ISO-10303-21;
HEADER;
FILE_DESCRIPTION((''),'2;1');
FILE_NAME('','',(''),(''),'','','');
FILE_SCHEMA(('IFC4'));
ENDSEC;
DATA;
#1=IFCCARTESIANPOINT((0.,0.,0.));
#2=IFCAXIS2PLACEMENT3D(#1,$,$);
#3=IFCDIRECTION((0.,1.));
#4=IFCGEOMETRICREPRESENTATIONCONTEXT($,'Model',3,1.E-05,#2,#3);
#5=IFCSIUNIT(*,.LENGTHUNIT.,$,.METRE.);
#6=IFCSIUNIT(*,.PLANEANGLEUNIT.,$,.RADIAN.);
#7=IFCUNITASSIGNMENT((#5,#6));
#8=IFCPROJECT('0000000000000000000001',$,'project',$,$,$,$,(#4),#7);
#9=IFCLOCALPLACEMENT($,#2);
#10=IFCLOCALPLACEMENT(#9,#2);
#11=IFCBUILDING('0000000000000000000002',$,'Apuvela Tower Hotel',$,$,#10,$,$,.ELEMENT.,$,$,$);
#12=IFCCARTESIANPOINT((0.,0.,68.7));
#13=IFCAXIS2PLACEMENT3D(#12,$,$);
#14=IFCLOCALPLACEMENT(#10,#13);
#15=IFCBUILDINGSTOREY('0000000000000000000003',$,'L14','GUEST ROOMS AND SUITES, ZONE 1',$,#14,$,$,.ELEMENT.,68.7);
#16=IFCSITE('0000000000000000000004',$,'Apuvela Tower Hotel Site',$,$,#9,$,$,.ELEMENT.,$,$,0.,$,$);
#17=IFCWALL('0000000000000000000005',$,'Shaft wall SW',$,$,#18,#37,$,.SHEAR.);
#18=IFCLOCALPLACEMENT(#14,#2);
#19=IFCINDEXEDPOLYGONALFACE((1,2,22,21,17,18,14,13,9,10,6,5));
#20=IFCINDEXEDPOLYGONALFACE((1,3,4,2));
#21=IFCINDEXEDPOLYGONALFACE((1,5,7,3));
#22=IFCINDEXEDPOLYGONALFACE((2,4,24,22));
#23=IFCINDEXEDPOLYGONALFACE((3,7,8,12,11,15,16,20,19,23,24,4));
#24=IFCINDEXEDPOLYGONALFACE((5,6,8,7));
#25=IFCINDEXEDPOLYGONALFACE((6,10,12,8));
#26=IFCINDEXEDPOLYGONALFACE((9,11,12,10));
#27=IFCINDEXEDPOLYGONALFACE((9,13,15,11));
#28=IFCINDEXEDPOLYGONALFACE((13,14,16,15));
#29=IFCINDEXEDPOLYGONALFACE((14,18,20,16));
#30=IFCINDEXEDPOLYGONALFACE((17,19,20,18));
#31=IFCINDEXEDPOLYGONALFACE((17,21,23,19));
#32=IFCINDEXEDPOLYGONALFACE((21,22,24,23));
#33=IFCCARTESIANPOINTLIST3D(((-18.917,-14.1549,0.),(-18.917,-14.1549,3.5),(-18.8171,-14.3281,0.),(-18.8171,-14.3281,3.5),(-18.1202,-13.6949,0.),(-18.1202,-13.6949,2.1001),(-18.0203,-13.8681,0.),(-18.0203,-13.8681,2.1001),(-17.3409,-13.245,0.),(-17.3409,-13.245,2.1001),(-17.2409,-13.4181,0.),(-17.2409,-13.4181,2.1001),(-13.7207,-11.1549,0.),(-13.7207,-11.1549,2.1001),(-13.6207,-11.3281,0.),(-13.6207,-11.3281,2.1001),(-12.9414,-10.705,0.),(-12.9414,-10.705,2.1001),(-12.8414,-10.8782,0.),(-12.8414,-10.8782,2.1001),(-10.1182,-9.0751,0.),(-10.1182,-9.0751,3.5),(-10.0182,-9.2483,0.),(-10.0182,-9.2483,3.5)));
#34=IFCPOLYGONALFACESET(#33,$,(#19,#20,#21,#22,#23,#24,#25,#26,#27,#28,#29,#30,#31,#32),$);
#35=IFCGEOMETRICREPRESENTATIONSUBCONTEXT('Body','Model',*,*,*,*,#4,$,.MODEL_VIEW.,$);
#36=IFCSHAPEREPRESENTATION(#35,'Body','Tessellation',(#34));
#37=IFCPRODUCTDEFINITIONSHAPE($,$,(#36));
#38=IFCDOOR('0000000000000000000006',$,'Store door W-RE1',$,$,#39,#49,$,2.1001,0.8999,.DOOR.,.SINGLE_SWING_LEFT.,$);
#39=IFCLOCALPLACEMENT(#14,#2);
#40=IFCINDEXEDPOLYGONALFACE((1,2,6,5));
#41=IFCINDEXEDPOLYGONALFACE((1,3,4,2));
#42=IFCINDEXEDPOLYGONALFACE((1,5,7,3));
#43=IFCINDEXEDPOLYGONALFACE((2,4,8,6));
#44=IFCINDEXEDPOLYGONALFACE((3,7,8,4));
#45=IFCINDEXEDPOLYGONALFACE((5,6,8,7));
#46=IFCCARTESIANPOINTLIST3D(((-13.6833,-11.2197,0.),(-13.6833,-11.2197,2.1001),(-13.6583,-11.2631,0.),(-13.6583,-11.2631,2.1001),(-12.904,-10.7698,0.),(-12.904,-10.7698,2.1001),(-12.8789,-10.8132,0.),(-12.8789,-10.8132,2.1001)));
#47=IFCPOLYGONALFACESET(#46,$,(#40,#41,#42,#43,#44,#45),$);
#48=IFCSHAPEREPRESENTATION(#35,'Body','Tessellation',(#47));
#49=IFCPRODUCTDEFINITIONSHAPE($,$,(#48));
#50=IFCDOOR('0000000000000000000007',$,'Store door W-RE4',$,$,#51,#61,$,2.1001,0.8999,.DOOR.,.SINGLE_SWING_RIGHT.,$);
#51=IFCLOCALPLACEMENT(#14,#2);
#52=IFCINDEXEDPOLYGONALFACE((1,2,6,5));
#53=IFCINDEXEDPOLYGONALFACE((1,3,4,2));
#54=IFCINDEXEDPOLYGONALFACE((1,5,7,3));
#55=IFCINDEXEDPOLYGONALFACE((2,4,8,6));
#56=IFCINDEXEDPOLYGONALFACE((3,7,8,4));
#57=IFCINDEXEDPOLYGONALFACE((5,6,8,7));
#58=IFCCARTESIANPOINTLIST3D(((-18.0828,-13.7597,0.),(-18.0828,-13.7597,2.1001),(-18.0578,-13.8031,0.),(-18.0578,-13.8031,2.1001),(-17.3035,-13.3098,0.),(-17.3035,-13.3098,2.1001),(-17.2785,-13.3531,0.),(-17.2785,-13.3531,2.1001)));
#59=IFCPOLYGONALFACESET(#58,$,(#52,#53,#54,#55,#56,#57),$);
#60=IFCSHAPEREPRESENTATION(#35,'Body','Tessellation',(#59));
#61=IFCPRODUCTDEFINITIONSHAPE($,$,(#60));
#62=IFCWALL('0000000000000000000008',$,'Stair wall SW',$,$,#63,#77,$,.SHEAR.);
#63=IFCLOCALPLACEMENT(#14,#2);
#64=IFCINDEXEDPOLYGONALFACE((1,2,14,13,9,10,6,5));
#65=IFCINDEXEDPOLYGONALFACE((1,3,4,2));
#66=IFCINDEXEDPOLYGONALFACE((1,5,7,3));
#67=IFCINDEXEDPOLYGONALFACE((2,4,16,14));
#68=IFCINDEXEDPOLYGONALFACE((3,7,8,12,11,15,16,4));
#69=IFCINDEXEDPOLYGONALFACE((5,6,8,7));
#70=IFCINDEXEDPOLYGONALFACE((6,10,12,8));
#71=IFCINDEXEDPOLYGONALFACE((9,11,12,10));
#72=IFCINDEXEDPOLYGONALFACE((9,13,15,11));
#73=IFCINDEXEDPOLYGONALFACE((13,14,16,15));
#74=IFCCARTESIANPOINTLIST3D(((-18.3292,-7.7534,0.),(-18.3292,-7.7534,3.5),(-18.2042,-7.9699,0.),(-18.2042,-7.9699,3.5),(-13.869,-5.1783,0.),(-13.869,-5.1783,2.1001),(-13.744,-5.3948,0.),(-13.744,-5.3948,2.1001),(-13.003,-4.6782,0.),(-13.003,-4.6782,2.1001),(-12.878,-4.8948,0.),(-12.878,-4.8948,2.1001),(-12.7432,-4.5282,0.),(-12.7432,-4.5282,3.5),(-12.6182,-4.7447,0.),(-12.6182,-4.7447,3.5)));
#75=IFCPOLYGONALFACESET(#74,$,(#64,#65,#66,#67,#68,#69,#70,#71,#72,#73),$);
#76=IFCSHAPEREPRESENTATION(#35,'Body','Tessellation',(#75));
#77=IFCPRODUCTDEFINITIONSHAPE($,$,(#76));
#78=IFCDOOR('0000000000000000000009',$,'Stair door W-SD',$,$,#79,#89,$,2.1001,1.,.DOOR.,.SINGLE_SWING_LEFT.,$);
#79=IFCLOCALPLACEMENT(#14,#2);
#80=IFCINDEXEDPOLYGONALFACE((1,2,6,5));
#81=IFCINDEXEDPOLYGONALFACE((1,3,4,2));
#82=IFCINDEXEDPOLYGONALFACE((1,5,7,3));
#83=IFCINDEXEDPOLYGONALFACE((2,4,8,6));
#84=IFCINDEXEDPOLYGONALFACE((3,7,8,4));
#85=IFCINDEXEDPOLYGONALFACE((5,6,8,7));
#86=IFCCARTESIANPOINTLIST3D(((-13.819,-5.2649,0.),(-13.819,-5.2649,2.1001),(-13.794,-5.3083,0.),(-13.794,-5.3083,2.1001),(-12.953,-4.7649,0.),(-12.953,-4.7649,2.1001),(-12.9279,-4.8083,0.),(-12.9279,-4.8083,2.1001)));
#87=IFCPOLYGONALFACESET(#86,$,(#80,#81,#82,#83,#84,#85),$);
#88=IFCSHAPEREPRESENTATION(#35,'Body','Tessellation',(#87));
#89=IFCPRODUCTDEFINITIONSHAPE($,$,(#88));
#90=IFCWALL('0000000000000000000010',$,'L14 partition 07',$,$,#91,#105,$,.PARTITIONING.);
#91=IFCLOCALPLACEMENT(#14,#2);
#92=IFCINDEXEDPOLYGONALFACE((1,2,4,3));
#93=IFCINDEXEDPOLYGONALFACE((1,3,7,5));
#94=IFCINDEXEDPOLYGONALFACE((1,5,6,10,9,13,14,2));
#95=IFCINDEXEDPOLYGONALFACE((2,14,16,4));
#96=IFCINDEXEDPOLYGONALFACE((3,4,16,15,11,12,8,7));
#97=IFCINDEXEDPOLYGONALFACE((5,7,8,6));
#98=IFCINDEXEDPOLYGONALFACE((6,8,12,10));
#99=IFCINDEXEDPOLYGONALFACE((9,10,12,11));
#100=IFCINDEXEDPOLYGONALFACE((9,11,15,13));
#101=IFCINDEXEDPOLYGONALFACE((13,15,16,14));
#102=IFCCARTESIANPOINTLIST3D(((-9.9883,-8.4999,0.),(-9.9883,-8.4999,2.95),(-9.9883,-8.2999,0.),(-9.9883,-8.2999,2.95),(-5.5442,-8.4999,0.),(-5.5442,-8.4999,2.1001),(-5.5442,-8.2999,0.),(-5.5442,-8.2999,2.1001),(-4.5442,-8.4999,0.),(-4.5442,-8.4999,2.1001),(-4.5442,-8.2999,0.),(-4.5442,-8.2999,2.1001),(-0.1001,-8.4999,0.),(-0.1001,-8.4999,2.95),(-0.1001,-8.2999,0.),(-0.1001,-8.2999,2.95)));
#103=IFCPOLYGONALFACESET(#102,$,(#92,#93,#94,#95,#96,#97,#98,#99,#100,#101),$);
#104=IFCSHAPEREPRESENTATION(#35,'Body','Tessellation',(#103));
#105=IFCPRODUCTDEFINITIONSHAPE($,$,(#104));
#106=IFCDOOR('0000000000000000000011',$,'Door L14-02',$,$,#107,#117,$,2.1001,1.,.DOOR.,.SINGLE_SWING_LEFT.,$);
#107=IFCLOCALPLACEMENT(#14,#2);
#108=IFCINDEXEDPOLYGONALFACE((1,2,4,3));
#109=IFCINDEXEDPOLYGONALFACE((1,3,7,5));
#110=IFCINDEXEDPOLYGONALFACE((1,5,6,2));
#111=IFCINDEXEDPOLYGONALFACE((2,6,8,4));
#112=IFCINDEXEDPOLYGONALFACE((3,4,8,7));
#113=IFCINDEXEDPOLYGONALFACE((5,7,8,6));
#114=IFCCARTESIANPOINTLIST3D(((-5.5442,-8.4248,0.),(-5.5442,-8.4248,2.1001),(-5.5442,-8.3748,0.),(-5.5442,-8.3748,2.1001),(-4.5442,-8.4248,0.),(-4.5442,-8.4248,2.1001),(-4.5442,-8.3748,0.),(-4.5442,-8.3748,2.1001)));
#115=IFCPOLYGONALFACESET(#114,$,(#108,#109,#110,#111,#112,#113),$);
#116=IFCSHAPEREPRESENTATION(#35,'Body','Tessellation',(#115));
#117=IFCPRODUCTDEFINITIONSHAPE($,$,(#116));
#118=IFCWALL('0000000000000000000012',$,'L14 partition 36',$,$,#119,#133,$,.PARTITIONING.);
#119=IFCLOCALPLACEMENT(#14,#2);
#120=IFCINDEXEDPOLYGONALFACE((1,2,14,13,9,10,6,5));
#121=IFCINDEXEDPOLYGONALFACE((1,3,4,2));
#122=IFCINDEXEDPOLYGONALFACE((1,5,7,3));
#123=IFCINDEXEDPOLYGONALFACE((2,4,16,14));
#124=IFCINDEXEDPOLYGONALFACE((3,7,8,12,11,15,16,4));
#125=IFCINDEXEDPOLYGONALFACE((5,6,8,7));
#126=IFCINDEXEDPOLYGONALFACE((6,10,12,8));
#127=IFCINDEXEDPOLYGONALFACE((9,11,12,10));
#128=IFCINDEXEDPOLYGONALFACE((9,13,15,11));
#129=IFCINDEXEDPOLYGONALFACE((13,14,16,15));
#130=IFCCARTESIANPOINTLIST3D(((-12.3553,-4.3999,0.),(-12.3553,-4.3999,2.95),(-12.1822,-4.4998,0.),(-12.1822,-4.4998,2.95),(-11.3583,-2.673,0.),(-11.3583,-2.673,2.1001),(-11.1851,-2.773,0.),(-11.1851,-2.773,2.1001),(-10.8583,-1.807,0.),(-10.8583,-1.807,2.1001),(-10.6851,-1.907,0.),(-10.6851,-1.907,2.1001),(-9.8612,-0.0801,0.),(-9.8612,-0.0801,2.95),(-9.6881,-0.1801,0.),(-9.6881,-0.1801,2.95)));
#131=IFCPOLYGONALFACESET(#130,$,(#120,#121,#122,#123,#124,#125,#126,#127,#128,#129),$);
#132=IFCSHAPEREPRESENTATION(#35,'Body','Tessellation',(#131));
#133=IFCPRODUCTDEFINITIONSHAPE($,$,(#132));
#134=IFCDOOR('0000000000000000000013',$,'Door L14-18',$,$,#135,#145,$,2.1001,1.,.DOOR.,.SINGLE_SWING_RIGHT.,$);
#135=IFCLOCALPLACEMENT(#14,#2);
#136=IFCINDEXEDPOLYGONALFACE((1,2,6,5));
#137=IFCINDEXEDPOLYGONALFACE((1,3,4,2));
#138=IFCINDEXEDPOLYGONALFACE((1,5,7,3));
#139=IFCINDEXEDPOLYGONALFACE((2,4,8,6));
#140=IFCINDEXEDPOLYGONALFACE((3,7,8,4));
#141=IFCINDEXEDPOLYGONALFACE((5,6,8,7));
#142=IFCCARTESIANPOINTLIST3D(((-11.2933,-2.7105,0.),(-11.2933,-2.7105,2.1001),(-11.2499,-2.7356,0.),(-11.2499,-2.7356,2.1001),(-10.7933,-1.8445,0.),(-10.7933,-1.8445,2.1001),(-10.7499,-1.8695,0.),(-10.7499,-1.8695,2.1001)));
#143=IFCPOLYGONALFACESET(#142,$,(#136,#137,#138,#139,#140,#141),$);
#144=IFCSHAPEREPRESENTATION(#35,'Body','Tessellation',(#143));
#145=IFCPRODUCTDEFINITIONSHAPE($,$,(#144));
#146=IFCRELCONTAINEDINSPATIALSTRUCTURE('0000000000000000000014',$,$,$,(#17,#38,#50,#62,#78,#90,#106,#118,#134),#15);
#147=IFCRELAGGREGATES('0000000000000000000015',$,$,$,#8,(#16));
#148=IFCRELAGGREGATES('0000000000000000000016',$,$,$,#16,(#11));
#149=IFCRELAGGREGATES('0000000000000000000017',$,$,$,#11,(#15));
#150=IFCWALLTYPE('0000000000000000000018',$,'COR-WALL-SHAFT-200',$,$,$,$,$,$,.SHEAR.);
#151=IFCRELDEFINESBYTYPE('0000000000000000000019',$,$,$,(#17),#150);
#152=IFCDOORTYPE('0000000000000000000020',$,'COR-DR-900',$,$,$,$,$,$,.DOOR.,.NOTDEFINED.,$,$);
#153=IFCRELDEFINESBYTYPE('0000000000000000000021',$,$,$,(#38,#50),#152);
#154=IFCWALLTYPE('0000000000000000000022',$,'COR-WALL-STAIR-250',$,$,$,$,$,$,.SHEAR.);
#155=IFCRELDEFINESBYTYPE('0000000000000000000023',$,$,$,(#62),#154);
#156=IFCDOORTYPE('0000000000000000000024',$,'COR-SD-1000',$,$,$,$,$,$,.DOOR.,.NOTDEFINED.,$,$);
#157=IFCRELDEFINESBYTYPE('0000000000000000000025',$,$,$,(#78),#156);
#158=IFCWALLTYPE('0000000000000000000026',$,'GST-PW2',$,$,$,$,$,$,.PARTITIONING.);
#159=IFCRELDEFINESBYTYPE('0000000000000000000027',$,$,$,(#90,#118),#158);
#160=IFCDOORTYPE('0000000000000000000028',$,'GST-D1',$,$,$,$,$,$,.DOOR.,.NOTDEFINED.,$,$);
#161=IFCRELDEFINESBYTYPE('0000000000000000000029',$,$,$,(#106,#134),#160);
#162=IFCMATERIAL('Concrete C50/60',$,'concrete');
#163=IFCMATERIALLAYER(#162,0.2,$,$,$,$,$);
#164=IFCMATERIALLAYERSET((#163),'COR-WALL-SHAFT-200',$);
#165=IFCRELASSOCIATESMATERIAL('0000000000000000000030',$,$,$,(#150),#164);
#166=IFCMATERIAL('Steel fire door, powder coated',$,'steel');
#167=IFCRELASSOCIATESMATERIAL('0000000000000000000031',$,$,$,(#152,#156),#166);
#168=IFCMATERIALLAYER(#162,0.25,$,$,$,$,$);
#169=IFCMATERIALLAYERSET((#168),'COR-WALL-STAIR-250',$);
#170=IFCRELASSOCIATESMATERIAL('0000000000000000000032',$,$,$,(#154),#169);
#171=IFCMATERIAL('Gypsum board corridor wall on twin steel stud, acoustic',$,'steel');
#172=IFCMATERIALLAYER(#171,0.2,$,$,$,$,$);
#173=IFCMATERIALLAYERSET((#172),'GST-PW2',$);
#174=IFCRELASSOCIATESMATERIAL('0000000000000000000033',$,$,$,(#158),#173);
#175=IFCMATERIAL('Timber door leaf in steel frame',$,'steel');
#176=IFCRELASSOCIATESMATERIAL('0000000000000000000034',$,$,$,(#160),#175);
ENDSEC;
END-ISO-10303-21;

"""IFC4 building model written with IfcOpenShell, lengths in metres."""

from ifc_helpers import new_model, si_unit, direction, frame, frame_2d, origin, place, context, subcontext, project, spatial, rectangle, extrude, material, layer, layer_set, type_object, element, fill, save


model = new_model("IFC4")

# Units and contexts
model_context = context("Model", 3, precision=1e-05, world=origin(), true_north=direction((0.0, 1.0)))
body_context = subcontext(model_context, "Body", "Model", "MODEL_VIEW")
ifc_project = project(units=[si_unit("LENGTHUNIT", "METRE"), si_unit("PLANEANGLEUNIT", "RADIAN")], contexts=[model_context])

# Site, building, storey
site_placement = place(None, origin())
site = spatial("IfcSite", under=ifc_project, at=site_placement, Name="Apuvela Tower Hotel Site", CompositionType="ELEMENT", RefElevation=0.0)
building_placement = place(site_placement, origin())
building = spatial("IfcBuilding", under=site, at=building_placement, Name="Apuvela Tower Hotel", CompositionType="ELEMENT")
storey_placement = place(building_placement, frame((0.0, 0.0, 68.7)))
storey = spatial("IfcBuildingStorey", under=building, at=storey_placement, Name="L14", Description="GUEST ROOMS AND SUITES, ZONE 1", CompositionType="ELEMENT", Elevation=68.7)

# Shared definitions
ifc_material_1 = material(Name="Concrete C50/60", Category="concrete")
ifc_material_2 = material(Name="Steel fire door, powder coated", Category="steel")

# Shared definitions
ifc_layer_1 = layer(ifc_material_1, 0.2)
ifc_layer_set_1 = layer_set([ifc_layer_1], Name="COR-WALL-SHAFT-200")
wall_type_1 = type_object("IfcWallType", Name="COR-WALL-SHAFT-200", PredefinedType="SHEAR", material=ifc_layer_set_1)

# Wall, openings, doors
wall_1_placement = place(storey_placement, frame((-10.0681, -9.1616, 0.0), z_axis=(0.0, 0.0, 1.0), x_axis=(-0.866033, -0.499987, 0.0)))
wall_1 = element("IfcWall", 1, at=wall_1_placement, inside=storey, type_object=wall_type_1, Name="Shaft wall SW", PredefinedType="SHEAR", context=body_context, shape_type="SweptSolid", body=[
    extrude(rectangle(XDim=10.1599, YDim=0.2, at=frame_2d((5.0801, 0.0))), origin(), (0.0, 0.0, 1.0), 3.5),
])
opening_1_placement = place(wall_1_placement, frame((3.26, 0.0, 0.0)))
opening_1 = element("IfcOpeningElement", 2, at=opening_1_placement, cuts=wall_1, PredefinedType="OPENING", context=body_context, shape_type="SweptSolid", body=[
    extrude(rectangle(XDim=0.8999, YDim=2.1001, at=frame_2d((0.45, 1.05))), frame((0.0, 0.1099, 0.0), z_axis=(0.0, -1.0, 0.0), x_axis=(1.0, 0.0, 0.0)), (0.0, 0.0, 1.0), 0.22),
])
opening_2_placement = place(wall_1_placement, frame((8.3401, 0.0, 0.0)))
opening_2 = element("IfcOpeningElement", 3, at=opening_2_placement, cuts=wall_1, PredefinedType="OPENING", context=body_context, shape_type="SweptSolid", body=[
    extrude(rectangle(XDim=0.8999, YDim=2.1001, at=frame_2d((0.45, 1.05))), frame((0.0, 0.1099, 0.0), z_axis=(0.0, -1.0, 0.0), x_axis=(1.0, 0.0, 0.0)), (0.0, 0.0, 1.0), 0.22),
])
door_type_1 = type_object("IfcDoorType", Name="COR-DR-900", OperationType="NOTDEFINED", PredefinedType="DOOR", material=ifc_material_2)
door_1_placement = place(opening_1_placement, origin())
door_1 = element("IfcDoor", 4, at=door_1_placement, inside=storey, type_object=door_type_1, Name="Store door W-RE1", OperationType="SINGLE_SWING_LEFT", OverallHeight=2.1001, OverallWidth=0.8999, PredefinedType="DOOR", context=body_context, shape_type="SweptSolid", body=[
    extrude(rectangle(XDim=0.8999, YDim=2.1001, at=frame_2d((0.45, 1.05))), frame((0.0, 0.0249, 0.0), z_axis=(0.0, -1.0, 0.0), x_axis=(1.0, 0.0, 0.0)), (0.0, 0.0, 1.0), 0.05),
])
fill(opening_1, door_1)
door_2_placement = place(opening_2_placement, origin())
door_2 = element("IfcDoor", 5, at=door_2_placement, inside=storey, type_object=door_type_1, Name="Store door W-RE4", OperationType="SINGLE_SWING_RIGHT", OverallHeight=2.1001, OverallWidth=0.8999, PredefinedType="DOOR", context=body_context, shape_type="SweptSolid", body=[
    extrude(rectangle(XDim=0.8999, YDim=2.1001, at=frame_2d((0.45, 1.05))), frame((0.0, 0.0249, 0.0), z_axis=(0.0, -1.0, 0.0), x_axis=(1.0, 0.0, 0.0)), (0.0, 0.0, 1.0), 0.05),
])
fill(opening_2, door_2)

# Walls, openings, doors
ifc_layer_2 = layer(ifc_material_1, 0.25)
ifc_layer_set_2 = layer_set([ifc_layer_2], Name="COR-WALL-STAIR-250")
wall_type_2 = type_object("IfcWallType", Name="COR-WALL-STAIR-250", PredefinedType="SHEAR", material=ifc_layer_set_2)
wall_2_placement = place(storey_placement, frame((-12.6807, -4.6365, 0.0), z_axis=(0.0, 0.0, 1.0), x_axis=(-0.866022, -0.500006, 0.0)))
wall_2 = element("IfcWall", 6, at=wall_2_placement, inside=storey, type_object=wall_type_2, Name="Stair wall SW", PredefinedType="SHEAR", context=body_context, shape_type="SweptSolid", body=[
    extrude(rectangle(XDim=6.4502, YDim=0.25, at=frame_2d((3.2251, 0.0))), origin(), (0.0, 0.0, 1.0), 3.5),
])
opening_3_placement = place(wall_2_placement, frame((0.3, 0.0, 0.0)))
opening_3 = element("IfcOpeningElement", 7, at=opening_3_placement, cuts=wall_2, PredefinedType="OPENING", context=body_context, shape_type="SweptSolid", body=[
    extrude(rectangle(XDim=1.0, YDim=2.1001, at=frame_2d((0.5, 1.05))), frame((0.0, 0.135, 0.0), z_axis=(0.0, -1.0, 0.0), x_axis=(1.0, 0.0, 0.0)), (0.0, 0.0, 1.0), 0.27),
])
door_type_2 = type_object("IfcDoorType", Name="COR-SD-1000", OperationType="NOTDEFINED", PredefinedType="DOOR", material=ifc_material_2)
door_3_placement = place(opening_3_placement, frame((1.0, 0.0, 0.0), z_axis=(0.0, 0.0, 1.0), x_axis=(-1.0, 0.0, 0.0)))
door_3 = element("IfcDoor", 8, at=door_3_placement, inside=storey, type_object=door_type_2, Name="Stair door W-SD", OperationType="SINGLE_SWING_LEFT", OverallHeight=2.1001, OverallWidth=1.0, PredefinedType="DOOR", context=body_context, shape_type="SweptSolid", body=[
    extrude(rectangle(XDim=1.0, YDim=2.1001, at=frame_2d((0.5, 1.05))), frame((0.0, 0.0249, 0.0), z_axis=(0.0, -1.0, 0.0), x_axis=(1.0, 0.0, 0.0)), (0.0, 0.0, 1.0), 0.05),
])
fill(opening_3, door_3)
ifc_material_3 = material(Name="Gypsum board corridor wall on twin steel stud, acoustic", Category="steel")
ifc_layer_3 = layer(ifc_material_3, 0.2)
ifc_layer_set_3 = layer_set([ifc_layer_3], Name="GST-PW2")
wall_type_3 = type_object("IfcWallType", Name="GST-PW2", PredefinedType="PARTITIONING", material=ifc_layer_set_3)
wall_3_placement = place(storey_placement, frame((-0.1001, -8.3999, 0.0), z_axis=(0.0, 0.0, 1.0), x_axis=(-1.0, 0.0, 0.0)))
wall_3 = element("IfcWall", 9, at=wall_3_placement, inside=storey, type_object=wall_type_3, Name="L14 partition 07", PredefinedType="PARTITIONING", context=body_context, shape_type="SweptSolid", body=[
    extrude(rectangle(XDim=9.8882, YDim=0.2, at=frame_2d((4.9441, 0.0))), origin(), (0.0, 0.0, 1.0), 2.95),
])
opening_4_placement = place(wall_3_placement, frame((4.4441, 0.0, 0.0)))
opening_4 = element("IfcOpeningElement", 10, at=opening_4_placement, cuts=wall_3, PredefinedType="OPENING", context=body_context, shape_type="SweptSolid", body=[
    extrude(rectangle(XDim=1.0, YDim=2.1001, at=frame_2d((0.5, 1.05))), frame((0.0, 0.1099, 0.0), z_axis=(0.0, -1.0, 0.0), x_axis=(1.0, 0.0, 0.0)), (0.0, 0.0, 1.0), 0.22),
])
ifc_material_4 = material(Name="Timber door leaf in steel frame", Category="steel")
door_type_3 = type_object("IfcDoorType", Name="GST-D1", OperationType="NOTDEFINED", PredefinedType="DOOR", material=ifc_material_4)
door_4_placement = place(opening_4_placement, origin())
door_4 = element("IfcDoor", 11, at=door_4_placement, inside=storey, type_object=door_type_3, Name="Door L14-02", OperationType="SINGLE_SWING_LEFT", OverallHeight=2.1001, OverallWidth=1.0, PredefinedType="DOOR", context=body_context, shape_type="SweptSolid", body=[
    extrude(rectangle(XDim=1.0, YDim=2.1001, at=frame_2d((0.5, 1.05))), frame((0.0, 0.0249, 0.0), z_axis=(0.0, -1.0, 0.0), x_axis=(1.0, 0.0, 0.0)), (0.0, 0.0, 1.0), 0.05),
])
fill(opening_4, door_4)
wall_4_placement = place(storey_placement, frame((-12.2688, -4.45, 0.0), z_axis=(0.0, 0.0, 1.0), x_axis=(0.500013, 0.866018, 0.0)))
wall_4 = element("IfcWall", 12, at=wall_4_placement, inside=storey, type_object=wall_type_3, Name="L14 partition 36", PredefinedType="PARTITIONING", context=body_context, shape_type="SweptSolid", body=[
    extrude(rectangle(XDim=4.988, YDim=0.2, at=frame_2d((2.4941, 0.0))), origin(), (0.0, 0.0, 1.0), 2.95),
])
opening_5_placement = place(wall_4_placement, frame((1.9941, 0.0, 0.0)))
opening_5 = element("IfcOpeningElement", 13, at=opening_5_placement, cuts=wall_4, PredefinedType="OPENING", context=body_context, shape_type="SweptSolid", body=[
    extrude(rectangle(XDim=1.0, YDim=2.1001, at=frame_2d((0.5, 1.05))), frame((0.0, 0.1099, 0.0), z_axis=(0.0, -1.0, 0.0), x_axis=(1.0, 0.0, 0.0)), (0.0, 0.0, 1.0), 0.22),
])
door_5_placement = place(opening_5_placement, origin())
door_5 = element("IfcDoor", 14, at=door_5_placement, inside=storey, type_object=door_type_3, Name="Door L14-18", OperationType="SINGLE_SWING_RIGHT", OverallHeight=2.1001, OverallWidth=1.0, PredefinedType="DOOR", context=body_context, shape_type="SweptSolid", body=[
    extrude(rectangle(XDim=1.0, YDim=2.1001, at=frame_2d((0.5, 1.05))), frame((0.0, 0.0249, 0.0), z_axis=(0.0, -1.0, 0.0), x_axis=(1.0, 0.0, 0.0)), (0.0, 0.0, 1.0), 0.05),
])
fill(opening_5, door_5)

save(model, "model.ifc")
